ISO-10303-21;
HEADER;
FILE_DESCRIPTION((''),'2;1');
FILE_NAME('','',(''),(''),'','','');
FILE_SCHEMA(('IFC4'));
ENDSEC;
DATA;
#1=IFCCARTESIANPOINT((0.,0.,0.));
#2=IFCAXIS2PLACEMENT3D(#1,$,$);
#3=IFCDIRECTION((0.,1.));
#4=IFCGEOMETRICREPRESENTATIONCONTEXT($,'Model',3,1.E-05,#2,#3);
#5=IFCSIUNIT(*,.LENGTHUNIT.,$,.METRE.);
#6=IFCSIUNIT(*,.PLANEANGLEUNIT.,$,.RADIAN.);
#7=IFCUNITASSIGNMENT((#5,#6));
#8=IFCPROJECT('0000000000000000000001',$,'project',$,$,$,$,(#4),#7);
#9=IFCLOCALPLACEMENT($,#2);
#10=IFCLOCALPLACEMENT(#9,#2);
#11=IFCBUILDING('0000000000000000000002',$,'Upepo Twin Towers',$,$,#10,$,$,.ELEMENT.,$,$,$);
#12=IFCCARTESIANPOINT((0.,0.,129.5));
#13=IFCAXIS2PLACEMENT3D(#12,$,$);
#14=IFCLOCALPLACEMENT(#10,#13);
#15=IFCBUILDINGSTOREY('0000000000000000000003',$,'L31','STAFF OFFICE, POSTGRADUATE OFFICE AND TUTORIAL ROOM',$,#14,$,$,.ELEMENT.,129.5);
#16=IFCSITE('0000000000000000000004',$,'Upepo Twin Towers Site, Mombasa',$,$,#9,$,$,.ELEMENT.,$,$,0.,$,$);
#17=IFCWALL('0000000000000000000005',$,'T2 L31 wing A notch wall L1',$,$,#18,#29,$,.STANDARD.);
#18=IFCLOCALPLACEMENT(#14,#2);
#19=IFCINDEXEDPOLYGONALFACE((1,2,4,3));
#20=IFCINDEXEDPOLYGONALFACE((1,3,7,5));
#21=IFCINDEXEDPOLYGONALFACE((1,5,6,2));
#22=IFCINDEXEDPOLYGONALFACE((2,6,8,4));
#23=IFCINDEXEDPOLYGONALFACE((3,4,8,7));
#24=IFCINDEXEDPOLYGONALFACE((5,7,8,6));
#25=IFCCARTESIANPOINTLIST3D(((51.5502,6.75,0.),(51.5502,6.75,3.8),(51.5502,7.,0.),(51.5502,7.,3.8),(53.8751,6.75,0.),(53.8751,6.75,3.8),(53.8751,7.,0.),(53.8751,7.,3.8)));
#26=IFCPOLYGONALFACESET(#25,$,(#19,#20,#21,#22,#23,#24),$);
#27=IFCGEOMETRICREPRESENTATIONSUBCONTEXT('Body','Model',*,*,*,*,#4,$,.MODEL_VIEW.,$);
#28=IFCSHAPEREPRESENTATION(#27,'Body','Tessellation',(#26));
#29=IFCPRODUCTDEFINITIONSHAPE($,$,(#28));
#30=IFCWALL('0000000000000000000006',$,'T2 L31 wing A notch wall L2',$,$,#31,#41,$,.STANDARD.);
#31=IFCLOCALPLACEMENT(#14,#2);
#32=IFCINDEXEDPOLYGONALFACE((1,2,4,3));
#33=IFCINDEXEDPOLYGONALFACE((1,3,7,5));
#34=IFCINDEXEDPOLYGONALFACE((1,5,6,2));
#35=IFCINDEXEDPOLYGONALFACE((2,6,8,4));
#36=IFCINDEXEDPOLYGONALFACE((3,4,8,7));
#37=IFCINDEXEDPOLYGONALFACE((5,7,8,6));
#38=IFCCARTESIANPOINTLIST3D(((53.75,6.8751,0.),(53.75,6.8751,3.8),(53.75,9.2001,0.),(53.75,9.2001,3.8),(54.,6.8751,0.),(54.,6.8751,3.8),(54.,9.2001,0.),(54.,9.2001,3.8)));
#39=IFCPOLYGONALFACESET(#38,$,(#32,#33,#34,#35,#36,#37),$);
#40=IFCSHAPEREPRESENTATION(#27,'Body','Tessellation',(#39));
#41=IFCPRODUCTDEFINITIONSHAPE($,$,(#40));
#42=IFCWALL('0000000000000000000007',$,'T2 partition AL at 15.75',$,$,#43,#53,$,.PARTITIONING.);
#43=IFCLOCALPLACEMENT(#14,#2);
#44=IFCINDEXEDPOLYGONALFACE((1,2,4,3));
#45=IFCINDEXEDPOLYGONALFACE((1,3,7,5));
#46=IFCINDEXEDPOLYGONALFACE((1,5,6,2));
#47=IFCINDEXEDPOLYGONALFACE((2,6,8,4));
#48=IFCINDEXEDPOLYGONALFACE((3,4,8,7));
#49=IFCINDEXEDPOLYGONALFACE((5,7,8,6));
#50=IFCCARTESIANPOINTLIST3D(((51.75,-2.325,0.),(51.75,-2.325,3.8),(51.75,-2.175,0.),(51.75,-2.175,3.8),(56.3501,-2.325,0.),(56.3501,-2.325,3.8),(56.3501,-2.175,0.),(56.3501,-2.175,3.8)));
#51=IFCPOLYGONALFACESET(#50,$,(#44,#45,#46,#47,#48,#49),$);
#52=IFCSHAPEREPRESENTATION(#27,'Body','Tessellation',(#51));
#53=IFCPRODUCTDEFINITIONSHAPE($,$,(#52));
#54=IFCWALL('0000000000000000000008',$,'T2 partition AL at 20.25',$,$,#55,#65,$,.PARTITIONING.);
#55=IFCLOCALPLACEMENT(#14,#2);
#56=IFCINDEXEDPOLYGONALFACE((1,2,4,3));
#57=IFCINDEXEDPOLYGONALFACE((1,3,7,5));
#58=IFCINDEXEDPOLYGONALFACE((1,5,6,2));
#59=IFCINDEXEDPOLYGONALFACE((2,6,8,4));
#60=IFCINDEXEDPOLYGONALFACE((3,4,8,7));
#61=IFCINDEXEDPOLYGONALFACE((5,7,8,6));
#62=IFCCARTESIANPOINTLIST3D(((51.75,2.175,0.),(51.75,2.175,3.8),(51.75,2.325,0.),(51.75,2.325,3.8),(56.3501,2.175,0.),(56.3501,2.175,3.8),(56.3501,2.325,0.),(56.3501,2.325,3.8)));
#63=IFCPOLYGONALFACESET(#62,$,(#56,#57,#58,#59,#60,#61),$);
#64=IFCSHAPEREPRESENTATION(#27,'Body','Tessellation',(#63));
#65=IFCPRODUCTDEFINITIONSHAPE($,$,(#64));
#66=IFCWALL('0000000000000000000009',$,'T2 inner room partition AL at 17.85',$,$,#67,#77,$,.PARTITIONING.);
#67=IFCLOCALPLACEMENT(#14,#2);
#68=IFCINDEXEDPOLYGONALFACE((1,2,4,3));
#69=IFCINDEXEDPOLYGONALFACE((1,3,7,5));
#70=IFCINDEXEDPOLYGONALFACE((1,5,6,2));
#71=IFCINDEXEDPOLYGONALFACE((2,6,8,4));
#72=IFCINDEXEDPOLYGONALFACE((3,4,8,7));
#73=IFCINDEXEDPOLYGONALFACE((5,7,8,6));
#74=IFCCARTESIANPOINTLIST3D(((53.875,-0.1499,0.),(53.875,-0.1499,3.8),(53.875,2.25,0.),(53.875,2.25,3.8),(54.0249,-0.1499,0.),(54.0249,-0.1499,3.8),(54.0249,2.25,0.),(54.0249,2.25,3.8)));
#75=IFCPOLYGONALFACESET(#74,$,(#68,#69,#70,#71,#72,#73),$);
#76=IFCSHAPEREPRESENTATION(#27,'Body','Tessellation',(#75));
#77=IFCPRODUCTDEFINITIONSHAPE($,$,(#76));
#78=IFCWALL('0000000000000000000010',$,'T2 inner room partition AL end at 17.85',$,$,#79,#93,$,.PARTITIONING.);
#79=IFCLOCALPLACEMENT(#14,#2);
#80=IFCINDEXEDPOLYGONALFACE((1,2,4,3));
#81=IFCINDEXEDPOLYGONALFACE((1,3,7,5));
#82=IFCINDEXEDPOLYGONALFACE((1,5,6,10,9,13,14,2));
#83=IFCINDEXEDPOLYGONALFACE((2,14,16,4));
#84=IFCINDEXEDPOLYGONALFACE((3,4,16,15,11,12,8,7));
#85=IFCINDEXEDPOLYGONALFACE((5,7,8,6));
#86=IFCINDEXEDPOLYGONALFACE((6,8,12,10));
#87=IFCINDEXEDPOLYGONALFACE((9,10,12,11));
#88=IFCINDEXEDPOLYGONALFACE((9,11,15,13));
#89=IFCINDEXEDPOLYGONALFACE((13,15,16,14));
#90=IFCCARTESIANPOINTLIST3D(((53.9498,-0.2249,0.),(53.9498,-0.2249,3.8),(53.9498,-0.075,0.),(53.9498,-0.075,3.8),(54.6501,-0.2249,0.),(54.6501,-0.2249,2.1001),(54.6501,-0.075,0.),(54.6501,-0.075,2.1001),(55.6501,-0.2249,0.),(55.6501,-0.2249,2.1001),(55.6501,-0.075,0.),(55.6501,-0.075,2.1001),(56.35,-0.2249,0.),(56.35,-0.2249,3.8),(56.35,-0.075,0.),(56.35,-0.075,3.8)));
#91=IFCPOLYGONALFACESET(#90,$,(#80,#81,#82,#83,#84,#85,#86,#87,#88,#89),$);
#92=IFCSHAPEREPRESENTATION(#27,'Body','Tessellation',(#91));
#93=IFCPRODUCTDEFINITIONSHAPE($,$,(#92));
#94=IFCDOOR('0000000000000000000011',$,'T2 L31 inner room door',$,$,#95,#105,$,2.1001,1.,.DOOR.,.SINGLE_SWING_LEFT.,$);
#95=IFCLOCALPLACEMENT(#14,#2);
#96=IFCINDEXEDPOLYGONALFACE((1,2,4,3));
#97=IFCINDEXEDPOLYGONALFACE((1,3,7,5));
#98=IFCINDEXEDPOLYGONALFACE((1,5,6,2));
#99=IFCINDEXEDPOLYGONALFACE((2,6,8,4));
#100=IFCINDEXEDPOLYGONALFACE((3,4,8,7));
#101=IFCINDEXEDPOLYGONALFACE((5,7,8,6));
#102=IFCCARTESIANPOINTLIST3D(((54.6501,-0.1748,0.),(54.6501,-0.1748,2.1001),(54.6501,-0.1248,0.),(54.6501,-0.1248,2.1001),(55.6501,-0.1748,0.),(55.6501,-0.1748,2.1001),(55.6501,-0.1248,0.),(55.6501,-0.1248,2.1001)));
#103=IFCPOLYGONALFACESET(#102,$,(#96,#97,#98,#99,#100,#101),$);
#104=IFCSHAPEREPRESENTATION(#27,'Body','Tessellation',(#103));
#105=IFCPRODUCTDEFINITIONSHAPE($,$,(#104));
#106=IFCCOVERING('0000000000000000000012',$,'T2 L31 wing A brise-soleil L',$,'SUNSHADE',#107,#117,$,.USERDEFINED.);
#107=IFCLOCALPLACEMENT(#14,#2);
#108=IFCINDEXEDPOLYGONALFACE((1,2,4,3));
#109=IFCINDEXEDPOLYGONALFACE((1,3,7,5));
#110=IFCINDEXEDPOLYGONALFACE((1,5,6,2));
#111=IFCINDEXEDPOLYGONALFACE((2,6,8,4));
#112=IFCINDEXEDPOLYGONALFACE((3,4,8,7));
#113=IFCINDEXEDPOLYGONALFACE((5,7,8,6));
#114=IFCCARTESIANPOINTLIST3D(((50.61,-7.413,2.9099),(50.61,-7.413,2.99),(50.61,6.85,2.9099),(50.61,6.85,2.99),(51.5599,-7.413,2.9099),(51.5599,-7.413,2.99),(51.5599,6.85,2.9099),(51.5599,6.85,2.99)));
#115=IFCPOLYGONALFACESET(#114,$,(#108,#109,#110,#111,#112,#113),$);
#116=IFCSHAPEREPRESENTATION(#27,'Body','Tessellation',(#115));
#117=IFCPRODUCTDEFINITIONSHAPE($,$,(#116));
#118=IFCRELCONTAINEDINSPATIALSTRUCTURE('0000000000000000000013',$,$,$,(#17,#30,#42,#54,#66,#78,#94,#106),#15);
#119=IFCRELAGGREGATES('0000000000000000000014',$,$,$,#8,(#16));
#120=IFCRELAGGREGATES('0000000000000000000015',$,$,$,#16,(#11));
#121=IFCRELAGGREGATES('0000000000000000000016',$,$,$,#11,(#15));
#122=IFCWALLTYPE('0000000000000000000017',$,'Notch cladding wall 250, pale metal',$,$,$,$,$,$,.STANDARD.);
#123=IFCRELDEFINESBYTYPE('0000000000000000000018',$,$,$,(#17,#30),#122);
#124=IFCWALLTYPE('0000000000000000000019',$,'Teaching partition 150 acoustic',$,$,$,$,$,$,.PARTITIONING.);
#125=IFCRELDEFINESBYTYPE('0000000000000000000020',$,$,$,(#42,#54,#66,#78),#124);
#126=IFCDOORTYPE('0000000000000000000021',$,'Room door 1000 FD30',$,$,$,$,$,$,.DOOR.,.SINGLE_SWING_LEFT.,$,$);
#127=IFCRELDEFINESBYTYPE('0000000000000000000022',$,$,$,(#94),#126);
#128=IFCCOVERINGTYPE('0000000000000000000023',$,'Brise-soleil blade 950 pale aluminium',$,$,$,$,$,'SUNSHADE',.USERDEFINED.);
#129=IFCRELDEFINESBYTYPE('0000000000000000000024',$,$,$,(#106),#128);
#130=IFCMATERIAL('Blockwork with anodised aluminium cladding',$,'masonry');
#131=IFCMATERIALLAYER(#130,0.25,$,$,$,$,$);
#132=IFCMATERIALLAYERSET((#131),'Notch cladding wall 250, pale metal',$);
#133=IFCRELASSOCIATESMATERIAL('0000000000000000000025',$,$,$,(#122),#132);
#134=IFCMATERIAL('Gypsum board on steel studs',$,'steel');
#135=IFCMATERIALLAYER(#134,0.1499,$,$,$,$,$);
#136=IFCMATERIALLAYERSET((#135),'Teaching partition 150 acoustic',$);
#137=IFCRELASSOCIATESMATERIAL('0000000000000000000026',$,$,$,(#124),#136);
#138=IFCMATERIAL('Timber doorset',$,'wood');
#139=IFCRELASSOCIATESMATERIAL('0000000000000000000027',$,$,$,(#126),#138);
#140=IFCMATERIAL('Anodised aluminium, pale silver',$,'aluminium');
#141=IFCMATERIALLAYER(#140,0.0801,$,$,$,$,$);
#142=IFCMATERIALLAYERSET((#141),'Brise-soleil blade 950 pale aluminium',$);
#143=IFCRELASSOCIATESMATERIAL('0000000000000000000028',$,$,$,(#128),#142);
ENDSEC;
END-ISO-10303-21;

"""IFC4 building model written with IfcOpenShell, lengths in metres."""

from ifc_helpers import new_model, si_unit, direction, frame, frame_2d, origin, origin_2d, place, context, subcontext, project, spatial, rectangle, extrude, material, layer, layer_set, type_object, element, fill, save


model = new_model("IFC4")

# Units and contexts
model_context = context("Model", 3, precision=1e-05, world=origin(), true_north=direction((0.0, 1.0)))
body_context = subcontext(model_context, "Body", "Model", "MODEL_VIEW")
ifc_project = project(units=[si_unit("LENGTHUNIT", "METRE"), si_unit("PLANEANGLEUNIT", "RADIAN")], contexts=[model_context])

# Site, building, storey
site_placement = place(None, origin())
site = spatial("IfcSite", under=ifc_project, at=site_placement, Name="Upepo Twin Towers Site, Mombasa", CompositionType="ELEMENT", RefElevation=0.0)
building_placement = place(site_placement, origin())
building = spatial("IfcBuilding", under=site, at=building_placement, Name="Upepo Twin Towers", CompositionType="ELEMENT")
storey_placement = place(building_placement, frame((0.0, 0.0, 129.5)))
storey = spatial("IfcBuildingStorey", under=building, at=storey_placement, Name="L31", Description="STAFF OFFICE, POSTGRADUATE OFFICE AND TUTORIAL ROOM", CompositionType="ELEMENT", Elevation=129.5)

# Walls
ifc_material_1 = material(Name="Blockwork with anodised aluminium cladding", Category="masonry")
ifc_layer_1 = layer(ifc_material_1, 0.25)
ifc_layer_set_1 = layer_set([ifc_layer_1], Name="Notch cladding wall 250, pale metal")
wall_type_1 = type_object("IfcWallType", Name="Notch cladding wall 250, pale metal", PredefinedType="STANDARD", material=ifc_layer_set_1)
for number, where, z_axis, x_axis, name in (
    (1, (51.55, 6.875, 0.0), (0.0, 0.0, 1.0), (1.0, 0.0, 0.0), "T2 L31 wing A notch wall L1"),
    (2, (53.875, 6.875, 0.0), (0.0, 0.0, 1.0), (0.0, 1.0, 0.0), "T2 L31 wing A notch wall L2"),
):
    element("IfcWall", number, at=place(storey_placement, frame(where, z_axis=z_axis, x_axis=x_axis)), inside=storey, type_object=wall_type_1, Name=name, PredefinedType="STANDARD", context=body_context, shape_type="SweptSolid", body=[
        extrude(rectangle(XDim=2.325, YDim=0.25, at=frame_2d((1.1626, 0.0))), origin(), (0.0, 0.0, 1.0), 3.8),
    ])
ifc_material_2 = material(Name="Gypsum board on steel studs", Category="steel")
ifc_layer_2 = layer(ifc_material_2, 0.1499)
ifc_layer_set_2 = layer_set([ifc_layer_2], Name="Teaching partition 150 acoustic")
wall_type_2 = type_object("IfcWallType", Name="Teaching partition 150 acoustic", PredefinedType="PARTITIONING", material=ifc_layer_set_2)
for number, where, z_axis, x_axis, name in (
    (3, (56.3501, -2.25, 0.0), (0.0, 0.0, 1.0), (-1.0, 0.0, 0.0), "T2 partition AL at 15.75"),
    (4, (56.3501, 2.25, 0.0), (0.0, 0.0, 1.0), (-1.0, 0.0, 0.0), "T2 partition AL at 20.25"),
):
    element("IfcWall", number, at=place(storey_placement, frame(where, z_axis=z_axis, x_axis=x_axis)), inside=storey, type_object=wall_type_2, Name=name, PredefinedType="PARTITIONING", context=body_context, shape_type="SweptSolid", body=[
        extrude(rectangle(XDim=4.6001, YDim=0.1499, at=frame_2d((2.3, 0.0))), origin(), (0.0, 0.0, 1.0), 3.8),
    ])
wall_1_placement = place(storey_placement, frame((53.95, -0.1499, 0.0), z_axis=(0.0, 0.0, 1.0), x_axis=(0.0, 1.0, 0.0)))
element("IfcWall", 5, at=wall_1_placement, inside=storey, type_object=wall_type_2, Name="T2 inner room partition AL at 17.85", PredefinedType="PARTITIONING", context=body_context, shape_type="SweptSolid", body=[
    extrude(rectangle(XDim=2.3999, YDim=0.1499, at=frame_2d((1.2, 0.0))), origin(), (0.0, 0.0, 1.0), 3.8),
])

# Wall, opening, door
wall_2_placement = place(storey_placement, frame((56.3501, -0.1499, 0.0), z_axis=(0.0, 0.0, 1.0), x_axis=(-1.0, 0.0, 0.0)))
wall_2 = element("IfcWall", 6, at=wall_2_placement, inside=storey, type_object=wall_type_2, Name="T2 inner room partition AL end at 17.85", PredefinedType="PARTITIONING", context=body_context, shape_type="SweptSolid", body=[
    extrude(rectangle(XDim=2.4001, YDim=0.1499, at=frame_2d((1.2002, 0.0))), origin(), (0.0, 0.0, 1.0), 3.8),
])
opening_placement = place(wall_2_placement, frame((0.7, 0.0, 0.0)))
opening = element("IfcOpeningElement", 7, at=opening_placement, cuts=wall_2, PredefinedType="OPENING", context=body_context, shape_type="SweptSolid", body=[
    extrude(rectangle(XDim=1.0, YDim=2.1001, at=frame_2d((0.5, 1.05))), frame((0.0, 0.085, 0.0), z_axis=(0.0, -1.0, 0.0), x_axis=(1.0, 0.0, 0.0)), (0.0, 0.0, 1.0), 0.1699),
])
ifc_material_3 = material(Name="Timber doorset", Category="wood")
door_type = type_object("IfcDoorType", Name="Room door 1000 FD30", OperationType="SINGLE_SWING_LEFT", PredefinedType="DOOR", material=ifc_material_3)
door_placement = place(opening_placement, origin())
door = element("IfcDoor", 8, at=door_placement, inside=storey, type_object=door_type, Name="T2 L31 inner room door", OperationType="SINGLE_SWING_LEFT", OverallHeight=2.1001, OverallWidth=1.0, PredefinedType="DOOR", context=body_context, shape_type="SweptSolid", body=[
    extrude(rectangle(XDim=1.0, YDim=2.1001, at=frame_2d((0.5, 1.05))), frame((0.0, 0.0249, 0.0), z_axis=(0.0, -1.0, 0.0), x_axis=(1.0, 0.0, 0.0)), (0.0, 0.0, 1.0), 0.05),
])
fill(opening, door)

# Covering
ifc_material_4 = material(Name="Anodised aluminium, pale silver", Category="aluminium")
ifc_layer_3 = layer(ifc_material_4, 0.0801)
ifc_layer_set_3 = layer_set([ifc_layer_3], Name="Brise-soleil blade 950 pale aluminium")
covering_type = type_object("IfcCoveringType", Name="Brise-soleil blade 950 pale aluminium", ElementType="SUNSHADE", PredefinedType="USERDEFINED", material=ifc_layer_set_3)
covering_placement = place(storey_placement, frame((51.085, -0.2815, 2.9099), z_axis=(0.0, 0.0, 1.0), x_axis=(0.0, 1.0, 0.0)))
element("IfcCovering", 9, at=covering_placement, inside=storey, type_object=covering_type, Name="T2 L31 wing A brise-soleil L", ObjectType="SUNSHADE", PredefinedType="USERDEFINED", context=body_context, shape_type="SweptSolid", body=[
    extrude(rectangle(XDim=14.2629, YDim=0.95, at=origin_2d()), origin(), (0.0, 0.0, 1.0), 0.0801),
])

save(model, "model.ifc")
